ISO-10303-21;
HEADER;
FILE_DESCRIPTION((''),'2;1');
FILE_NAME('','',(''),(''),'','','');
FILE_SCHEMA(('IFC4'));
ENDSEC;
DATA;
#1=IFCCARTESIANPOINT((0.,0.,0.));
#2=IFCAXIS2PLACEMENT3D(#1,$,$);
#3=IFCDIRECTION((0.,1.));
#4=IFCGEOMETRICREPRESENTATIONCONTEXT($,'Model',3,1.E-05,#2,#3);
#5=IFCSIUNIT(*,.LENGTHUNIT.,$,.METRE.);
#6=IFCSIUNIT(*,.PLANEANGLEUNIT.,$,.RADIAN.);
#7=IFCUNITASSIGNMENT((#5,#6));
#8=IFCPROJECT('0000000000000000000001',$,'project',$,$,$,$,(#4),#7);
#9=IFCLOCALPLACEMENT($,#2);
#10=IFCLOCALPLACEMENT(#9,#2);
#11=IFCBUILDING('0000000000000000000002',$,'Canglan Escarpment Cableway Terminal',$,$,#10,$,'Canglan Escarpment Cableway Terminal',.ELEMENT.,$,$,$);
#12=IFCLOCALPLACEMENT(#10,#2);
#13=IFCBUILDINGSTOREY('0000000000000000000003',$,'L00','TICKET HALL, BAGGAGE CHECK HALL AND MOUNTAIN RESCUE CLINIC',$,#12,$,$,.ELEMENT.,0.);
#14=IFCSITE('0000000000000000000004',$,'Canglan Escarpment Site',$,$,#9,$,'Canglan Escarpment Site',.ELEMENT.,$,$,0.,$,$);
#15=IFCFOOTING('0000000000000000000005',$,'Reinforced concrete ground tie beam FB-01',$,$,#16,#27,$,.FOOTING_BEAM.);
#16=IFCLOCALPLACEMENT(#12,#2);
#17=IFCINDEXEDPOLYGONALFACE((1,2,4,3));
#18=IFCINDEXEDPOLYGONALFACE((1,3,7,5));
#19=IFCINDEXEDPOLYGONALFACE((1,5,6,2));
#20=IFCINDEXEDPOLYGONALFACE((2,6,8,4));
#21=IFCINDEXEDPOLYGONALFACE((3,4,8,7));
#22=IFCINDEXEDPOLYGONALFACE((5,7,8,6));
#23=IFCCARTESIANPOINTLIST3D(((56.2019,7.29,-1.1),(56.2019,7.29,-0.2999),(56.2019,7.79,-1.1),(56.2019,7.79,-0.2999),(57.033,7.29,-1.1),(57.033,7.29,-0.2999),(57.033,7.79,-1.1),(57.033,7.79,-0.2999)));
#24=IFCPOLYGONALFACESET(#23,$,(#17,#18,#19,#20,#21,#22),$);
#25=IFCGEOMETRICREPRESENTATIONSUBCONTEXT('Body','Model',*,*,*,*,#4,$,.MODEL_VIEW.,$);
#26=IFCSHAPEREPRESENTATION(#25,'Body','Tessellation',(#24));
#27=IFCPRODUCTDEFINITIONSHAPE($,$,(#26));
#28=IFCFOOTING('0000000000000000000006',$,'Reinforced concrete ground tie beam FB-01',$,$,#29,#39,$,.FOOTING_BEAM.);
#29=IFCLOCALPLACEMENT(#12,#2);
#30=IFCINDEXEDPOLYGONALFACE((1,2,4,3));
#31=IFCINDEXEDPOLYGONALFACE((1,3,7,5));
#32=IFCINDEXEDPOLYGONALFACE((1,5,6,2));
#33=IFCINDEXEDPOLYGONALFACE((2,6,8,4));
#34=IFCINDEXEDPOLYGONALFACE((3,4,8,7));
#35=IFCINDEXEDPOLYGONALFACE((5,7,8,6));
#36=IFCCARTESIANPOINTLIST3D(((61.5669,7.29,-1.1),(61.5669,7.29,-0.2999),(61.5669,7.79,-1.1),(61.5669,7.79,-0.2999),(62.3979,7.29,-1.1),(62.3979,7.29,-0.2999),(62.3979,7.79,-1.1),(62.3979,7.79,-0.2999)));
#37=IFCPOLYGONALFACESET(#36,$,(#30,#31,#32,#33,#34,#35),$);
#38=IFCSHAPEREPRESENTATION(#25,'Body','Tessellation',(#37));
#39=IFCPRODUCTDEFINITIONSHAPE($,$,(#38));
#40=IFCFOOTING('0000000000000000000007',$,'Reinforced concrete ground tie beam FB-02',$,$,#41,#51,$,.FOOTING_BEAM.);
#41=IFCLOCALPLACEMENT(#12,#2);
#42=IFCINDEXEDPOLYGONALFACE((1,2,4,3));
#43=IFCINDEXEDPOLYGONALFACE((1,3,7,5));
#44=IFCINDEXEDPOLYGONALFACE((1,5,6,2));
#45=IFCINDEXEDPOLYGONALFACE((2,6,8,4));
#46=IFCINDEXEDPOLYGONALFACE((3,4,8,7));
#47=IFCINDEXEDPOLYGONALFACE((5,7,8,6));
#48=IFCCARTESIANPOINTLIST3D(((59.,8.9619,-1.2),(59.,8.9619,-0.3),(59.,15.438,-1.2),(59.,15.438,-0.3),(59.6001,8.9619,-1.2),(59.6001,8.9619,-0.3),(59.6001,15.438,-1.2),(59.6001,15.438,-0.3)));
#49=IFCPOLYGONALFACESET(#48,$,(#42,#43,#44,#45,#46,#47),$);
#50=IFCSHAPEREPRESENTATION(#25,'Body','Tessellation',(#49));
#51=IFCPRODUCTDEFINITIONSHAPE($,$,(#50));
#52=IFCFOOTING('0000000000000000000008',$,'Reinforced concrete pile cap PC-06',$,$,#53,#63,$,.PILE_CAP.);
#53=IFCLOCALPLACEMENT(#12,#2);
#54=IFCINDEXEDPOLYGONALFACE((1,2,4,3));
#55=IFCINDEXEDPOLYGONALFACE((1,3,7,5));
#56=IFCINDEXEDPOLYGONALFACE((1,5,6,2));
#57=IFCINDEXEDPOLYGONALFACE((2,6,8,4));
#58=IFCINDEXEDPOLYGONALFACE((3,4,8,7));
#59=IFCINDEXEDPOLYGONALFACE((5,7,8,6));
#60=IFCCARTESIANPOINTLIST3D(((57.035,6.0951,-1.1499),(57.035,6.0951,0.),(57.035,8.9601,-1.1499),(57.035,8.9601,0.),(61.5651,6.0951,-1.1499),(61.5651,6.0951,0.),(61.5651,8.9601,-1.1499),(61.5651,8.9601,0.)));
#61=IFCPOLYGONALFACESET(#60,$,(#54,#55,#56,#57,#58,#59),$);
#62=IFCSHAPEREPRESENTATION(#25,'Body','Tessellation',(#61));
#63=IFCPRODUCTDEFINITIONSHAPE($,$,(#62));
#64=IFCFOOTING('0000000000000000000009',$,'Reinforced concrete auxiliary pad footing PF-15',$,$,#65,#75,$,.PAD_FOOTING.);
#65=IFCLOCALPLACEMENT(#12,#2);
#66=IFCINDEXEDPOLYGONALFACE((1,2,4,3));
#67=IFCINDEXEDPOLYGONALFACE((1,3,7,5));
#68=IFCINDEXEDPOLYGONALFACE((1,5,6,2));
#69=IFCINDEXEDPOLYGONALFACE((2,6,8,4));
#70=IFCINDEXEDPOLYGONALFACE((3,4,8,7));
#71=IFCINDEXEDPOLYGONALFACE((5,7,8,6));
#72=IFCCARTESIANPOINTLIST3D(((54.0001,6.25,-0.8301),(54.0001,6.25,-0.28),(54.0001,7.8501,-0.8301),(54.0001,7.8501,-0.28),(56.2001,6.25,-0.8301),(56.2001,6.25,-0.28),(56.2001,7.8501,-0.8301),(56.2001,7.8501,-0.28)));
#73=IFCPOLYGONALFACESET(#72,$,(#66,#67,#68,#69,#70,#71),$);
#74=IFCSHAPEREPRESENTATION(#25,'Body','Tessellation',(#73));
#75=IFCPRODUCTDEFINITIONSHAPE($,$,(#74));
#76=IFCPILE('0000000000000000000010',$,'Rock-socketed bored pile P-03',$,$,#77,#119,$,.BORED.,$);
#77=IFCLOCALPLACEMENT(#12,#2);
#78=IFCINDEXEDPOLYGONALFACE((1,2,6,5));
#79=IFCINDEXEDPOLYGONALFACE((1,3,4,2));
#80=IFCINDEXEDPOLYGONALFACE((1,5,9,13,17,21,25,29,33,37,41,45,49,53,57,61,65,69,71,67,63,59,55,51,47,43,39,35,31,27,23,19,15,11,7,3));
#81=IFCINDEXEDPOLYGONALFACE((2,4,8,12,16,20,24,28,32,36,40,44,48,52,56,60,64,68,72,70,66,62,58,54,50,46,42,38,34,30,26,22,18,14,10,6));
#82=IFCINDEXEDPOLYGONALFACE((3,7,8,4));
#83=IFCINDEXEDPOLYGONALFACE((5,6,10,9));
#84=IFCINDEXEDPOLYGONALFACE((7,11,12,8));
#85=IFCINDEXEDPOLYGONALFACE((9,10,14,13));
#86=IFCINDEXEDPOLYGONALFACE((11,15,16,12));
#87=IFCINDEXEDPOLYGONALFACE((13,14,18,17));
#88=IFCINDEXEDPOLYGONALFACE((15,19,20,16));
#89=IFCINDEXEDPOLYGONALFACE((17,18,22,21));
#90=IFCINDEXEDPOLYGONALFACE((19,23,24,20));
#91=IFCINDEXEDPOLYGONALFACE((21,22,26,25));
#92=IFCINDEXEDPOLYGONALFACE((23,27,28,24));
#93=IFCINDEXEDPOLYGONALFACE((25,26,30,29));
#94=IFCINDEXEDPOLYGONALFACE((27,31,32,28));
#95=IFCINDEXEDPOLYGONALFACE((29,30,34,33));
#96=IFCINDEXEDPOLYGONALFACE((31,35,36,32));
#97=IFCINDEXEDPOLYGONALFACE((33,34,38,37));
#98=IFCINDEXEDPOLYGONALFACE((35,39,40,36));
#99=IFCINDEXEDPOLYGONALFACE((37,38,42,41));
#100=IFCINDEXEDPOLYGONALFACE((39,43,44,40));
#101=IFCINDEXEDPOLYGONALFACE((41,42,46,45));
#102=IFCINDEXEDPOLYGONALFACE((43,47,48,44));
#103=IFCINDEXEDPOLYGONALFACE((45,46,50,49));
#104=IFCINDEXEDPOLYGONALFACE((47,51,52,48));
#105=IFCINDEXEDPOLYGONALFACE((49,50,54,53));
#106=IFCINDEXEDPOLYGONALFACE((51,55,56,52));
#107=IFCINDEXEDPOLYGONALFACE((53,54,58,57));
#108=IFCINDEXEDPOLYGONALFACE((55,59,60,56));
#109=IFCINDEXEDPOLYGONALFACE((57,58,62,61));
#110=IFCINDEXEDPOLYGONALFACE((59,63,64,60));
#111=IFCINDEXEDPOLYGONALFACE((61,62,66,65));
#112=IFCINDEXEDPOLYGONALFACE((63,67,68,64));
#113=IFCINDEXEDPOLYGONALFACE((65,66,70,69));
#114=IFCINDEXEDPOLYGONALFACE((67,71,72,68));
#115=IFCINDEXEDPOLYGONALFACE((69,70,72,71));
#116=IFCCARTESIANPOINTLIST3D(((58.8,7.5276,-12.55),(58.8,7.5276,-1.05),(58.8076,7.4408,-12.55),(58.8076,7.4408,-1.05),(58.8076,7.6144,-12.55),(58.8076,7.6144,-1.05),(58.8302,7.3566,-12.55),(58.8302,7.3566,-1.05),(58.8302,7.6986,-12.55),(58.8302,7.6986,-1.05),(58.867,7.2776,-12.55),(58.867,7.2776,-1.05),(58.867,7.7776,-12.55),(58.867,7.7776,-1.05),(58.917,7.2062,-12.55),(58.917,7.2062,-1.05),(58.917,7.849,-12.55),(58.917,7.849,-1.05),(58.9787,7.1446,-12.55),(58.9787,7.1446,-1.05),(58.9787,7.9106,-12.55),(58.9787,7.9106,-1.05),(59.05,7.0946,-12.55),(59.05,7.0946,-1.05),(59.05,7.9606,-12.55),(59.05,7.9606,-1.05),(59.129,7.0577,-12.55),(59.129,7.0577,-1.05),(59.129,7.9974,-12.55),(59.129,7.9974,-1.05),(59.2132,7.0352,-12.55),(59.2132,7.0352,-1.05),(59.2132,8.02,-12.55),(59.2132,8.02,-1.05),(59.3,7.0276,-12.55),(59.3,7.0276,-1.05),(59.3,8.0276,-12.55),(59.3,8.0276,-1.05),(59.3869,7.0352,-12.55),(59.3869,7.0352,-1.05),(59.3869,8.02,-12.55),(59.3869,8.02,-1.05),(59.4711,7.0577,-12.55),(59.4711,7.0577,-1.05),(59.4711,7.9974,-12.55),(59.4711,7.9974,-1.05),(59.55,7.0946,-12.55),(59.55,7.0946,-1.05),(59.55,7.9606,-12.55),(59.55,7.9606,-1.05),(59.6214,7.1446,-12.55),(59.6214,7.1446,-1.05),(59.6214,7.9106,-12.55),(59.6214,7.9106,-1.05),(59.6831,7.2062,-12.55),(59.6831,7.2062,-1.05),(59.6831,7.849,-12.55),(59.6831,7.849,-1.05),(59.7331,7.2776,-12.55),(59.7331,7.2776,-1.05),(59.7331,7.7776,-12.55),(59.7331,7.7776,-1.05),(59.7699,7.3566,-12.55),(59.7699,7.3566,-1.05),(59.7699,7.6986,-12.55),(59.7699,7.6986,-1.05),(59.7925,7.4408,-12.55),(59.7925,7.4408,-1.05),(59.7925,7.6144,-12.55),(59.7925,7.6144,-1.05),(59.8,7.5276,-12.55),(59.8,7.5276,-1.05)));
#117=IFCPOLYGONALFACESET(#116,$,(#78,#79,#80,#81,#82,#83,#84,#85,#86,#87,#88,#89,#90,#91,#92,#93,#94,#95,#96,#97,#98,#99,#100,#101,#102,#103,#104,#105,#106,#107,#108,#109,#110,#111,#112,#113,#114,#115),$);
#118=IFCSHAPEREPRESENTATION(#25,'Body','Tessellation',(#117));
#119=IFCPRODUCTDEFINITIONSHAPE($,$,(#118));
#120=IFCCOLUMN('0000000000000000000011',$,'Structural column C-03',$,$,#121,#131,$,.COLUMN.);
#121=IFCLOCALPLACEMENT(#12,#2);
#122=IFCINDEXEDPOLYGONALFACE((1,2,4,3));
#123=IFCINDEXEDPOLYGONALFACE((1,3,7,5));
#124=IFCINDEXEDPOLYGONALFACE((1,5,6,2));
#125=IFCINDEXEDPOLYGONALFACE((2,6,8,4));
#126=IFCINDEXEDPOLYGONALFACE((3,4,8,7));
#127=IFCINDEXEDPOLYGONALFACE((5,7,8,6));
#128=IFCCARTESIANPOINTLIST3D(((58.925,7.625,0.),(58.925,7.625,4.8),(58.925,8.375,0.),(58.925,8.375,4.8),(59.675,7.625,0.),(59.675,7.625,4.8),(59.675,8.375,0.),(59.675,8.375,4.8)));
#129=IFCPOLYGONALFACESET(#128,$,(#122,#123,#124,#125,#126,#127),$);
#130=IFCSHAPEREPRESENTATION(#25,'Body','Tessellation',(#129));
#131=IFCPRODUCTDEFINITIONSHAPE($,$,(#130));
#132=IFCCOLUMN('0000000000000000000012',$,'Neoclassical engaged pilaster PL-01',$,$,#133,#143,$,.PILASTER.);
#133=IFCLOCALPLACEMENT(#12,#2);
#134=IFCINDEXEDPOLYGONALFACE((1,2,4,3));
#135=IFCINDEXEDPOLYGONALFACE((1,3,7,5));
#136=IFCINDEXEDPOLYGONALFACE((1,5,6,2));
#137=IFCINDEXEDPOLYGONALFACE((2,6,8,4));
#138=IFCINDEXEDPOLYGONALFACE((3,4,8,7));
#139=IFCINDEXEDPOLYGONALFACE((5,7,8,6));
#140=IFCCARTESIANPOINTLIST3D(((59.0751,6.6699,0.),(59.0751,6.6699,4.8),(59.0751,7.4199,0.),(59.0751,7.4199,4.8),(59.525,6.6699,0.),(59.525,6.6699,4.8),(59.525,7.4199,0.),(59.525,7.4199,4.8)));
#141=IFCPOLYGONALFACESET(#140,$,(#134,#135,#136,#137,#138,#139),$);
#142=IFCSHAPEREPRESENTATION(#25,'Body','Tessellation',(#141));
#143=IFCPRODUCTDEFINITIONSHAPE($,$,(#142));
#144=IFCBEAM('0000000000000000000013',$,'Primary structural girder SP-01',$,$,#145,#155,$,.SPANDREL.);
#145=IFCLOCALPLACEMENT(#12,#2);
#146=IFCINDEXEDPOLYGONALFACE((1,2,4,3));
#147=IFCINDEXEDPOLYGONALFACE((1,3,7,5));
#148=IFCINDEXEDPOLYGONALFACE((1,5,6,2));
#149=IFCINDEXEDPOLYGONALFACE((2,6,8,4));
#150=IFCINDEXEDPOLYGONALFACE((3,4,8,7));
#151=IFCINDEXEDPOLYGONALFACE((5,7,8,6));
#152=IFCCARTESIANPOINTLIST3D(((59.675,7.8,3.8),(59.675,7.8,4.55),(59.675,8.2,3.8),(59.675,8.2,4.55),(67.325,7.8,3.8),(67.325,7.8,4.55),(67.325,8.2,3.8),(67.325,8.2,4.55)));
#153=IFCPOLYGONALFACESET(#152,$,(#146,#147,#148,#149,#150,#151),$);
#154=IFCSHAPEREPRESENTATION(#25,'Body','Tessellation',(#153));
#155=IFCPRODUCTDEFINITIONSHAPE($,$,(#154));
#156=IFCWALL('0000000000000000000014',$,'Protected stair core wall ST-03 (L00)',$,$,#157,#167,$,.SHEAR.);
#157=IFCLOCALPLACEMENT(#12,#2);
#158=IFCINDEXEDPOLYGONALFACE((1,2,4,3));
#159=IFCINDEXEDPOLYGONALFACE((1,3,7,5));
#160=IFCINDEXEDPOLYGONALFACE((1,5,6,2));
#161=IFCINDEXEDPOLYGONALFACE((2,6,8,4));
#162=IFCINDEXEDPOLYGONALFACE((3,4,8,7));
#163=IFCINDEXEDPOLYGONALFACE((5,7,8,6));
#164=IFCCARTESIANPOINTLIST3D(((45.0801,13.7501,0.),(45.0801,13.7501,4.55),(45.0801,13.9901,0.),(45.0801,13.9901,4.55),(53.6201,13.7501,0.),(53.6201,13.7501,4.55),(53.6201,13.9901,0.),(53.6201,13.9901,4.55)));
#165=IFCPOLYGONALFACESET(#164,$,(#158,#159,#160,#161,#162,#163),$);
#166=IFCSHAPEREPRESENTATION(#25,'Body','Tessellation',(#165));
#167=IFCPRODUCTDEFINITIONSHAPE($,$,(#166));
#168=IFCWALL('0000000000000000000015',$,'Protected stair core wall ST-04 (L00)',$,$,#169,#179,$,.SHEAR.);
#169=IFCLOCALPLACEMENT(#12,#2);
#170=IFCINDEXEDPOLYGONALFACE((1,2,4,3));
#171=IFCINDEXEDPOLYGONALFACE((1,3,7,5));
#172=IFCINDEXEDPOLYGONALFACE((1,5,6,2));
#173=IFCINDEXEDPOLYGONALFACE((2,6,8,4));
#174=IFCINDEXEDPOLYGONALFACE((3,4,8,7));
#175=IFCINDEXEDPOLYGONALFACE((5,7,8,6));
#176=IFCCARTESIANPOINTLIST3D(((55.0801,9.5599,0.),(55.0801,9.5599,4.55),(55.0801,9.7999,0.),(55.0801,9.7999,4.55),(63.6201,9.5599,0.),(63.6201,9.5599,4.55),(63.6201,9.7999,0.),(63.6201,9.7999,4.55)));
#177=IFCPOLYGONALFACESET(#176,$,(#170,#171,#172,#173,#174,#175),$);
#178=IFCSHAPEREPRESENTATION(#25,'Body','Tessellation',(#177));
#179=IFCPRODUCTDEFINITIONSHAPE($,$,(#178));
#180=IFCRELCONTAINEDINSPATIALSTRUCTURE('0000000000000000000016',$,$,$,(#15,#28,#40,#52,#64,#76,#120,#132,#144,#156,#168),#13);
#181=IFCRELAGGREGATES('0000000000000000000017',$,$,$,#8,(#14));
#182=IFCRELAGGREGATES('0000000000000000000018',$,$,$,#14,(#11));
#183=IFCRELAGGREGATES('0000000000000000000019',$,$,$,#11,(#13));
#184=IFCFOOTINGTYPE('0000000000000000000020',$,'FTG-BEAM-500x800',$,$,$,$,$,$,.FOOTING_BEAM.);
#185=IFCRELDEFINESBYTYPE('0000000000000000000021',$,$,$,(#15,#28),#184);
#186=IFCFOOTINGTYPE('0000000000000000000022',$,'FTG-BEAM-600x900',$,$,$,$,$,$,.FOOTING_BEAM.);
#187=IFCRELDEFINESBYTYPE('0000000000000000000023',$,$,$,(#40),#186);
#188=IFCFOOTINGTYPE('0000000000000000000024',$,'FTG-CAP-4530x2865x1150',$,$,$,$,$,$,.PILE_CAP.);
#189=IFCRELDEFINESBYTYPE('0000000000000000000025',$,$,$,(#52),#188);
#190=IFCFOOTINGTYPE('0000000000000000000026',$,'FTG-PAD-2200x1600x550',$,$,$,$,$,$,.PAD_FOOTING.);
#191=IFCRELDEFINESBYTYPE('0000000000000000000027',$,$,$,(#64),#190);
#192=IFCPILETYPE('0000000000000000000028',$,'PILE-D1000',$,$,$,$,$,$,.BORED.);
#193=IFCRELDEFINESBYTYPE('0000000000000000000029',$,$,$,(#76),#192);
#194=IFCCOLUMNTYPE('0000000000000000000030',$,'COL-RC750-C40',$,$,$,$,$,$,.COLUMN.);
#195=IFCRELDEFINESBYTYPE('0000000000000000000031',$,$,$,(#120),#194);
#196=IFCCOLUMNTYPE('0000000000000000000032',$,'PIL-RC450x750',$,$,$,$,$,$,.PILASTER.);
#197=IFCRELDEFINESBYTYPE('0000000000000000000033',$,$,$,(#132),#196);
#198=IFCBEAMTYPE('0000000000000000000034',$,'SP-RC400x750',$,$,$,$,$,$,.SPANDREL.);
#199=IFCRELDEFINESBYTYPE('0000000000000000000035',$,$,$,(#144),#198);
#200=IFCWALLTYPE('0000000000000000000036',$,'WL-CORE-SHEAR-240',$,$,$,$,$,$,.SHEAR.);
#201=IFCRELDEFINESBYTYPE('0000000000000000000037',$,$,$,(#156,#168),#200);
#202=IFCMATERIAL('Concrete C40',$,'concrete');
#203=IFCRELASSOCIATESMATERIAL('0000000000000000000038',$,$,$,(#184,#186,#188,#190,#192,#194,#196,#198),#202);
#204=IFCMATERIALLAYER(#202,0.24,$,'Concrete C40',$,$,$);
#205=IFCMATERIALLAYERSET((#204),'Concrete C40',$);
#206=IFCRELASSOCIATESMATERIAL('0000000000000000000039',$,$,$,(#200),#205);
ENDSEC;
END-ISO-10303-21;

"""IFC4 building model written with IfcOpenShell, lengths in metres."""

from ifc_helpers import new_model, si_unit, direction, frame, frame_2d, origin, origin_2d, place, context, subcontext, project, spatial, rectangle, circle, extrude, material, layer, layer_set, material_profile, profile_set, type_object, element, save


model = new_model("IFC4")

# Units and contexts
model_context = context("Model", 3, precision=1e-05, world=origin(), true_north=direction((0.0, 1.0)))
body_context = subcontext(model_context, "Body", "Model", "MODEL_VIEW")
ifc_project = project(units=[si_unit("LENGTHUNIT", "METRE"), si_unit("PLANEANGLEUNIT", "RADIAN")], contexts=[model_context])

# Site, building, storey
site_placement = place(None, origin())
site = spatial("IfcSite", under=ifc_project, at=site_placement, Name="Canglan Escarpment Site", LongName="Canglan Escarpment Site", CompositionType="ELEMENT", RefElevation=0.0)
building_placement = place(site_placement, origin())
building = spatial("IfcBuilding", under=site, at=building_placement, Name="Canglan Escarpment Cableway Terminal", LongName="Canglan Escarpment Cableway Terminal", CompositionType="ELEMENT")
storey_placement = place(building_placement, origin())
storey = spatial("IfcBuildingStorey", under=building, at=storey_placement, Name="L00", Description="TICKET HALL, BAGGAGE CHECK HALL AND MOUNTAIN RESCUE CLINIC", CompositionType="ELEMENT", Elevation=0.0)

# Footings
ifc_material_1 = material(Name="Concrete C40", Category="concrete")
ifc_material_profile_1 = material_profile(ifc_material_1, rectangle(XDim=0.5, YDim=0.8, at=origin_2d()), Name="FB 500x800")
ifc_profile_set_1 = profile_set([ifc_material_profile_1], Name="Concrete C40")
footing_type_1 = type_object("IfcFootingType", Name="FTG-BEAM-500x800", PredefinedType="FOOTING_BEAM", material=ifc_profile_set_1)
for number, where, z_axis, x_axis, name in (
    (1, (56.2019, 7.54, -0.7), (1.0, 0.0, 0.0), (0.0, 1.0, 0.0), "Reinforced concrete ground tie beam FB-01"),
    (2, (61.5669, 7.54, -0.7), (1.0, 0.0, 0.0), (0.0, 1.0, 0.0), "Reinforced concrete ground tie beam FB-01"),
):
    element("IfcFooting", number, at=place(storey_placement, frame(where, z_axis=z_axis, x_axis=x_axis)), inside=storey, type_object=footing_type_1, Name=name, PredefinedType="FOOTING_BEAM", context=body_context, shape_type="SweptSolid", body=[
        extrude(rectangle(XDim=0.5, YDim=0.8, at=origin_2d()), origin(), (0.0, 0.0, 1.0), 0.8311),
    ])
ifc_material_profile_2 = material_profile(ifc_material_1, rectangle(XDim=0.6001, YDim=0.8999, at=origin_2d()), Name="FB 600x900")
ifc_profile_set_2 = profile_set([ifc_material_profile_2], Name="Concrete C40")
footing_type_2 = type_object("IfcFootingType", Name="FTG-BEAM-600x900", PredefinedType="FOOTING_BEAM", material=ifc_profile_set_2)
footing_1_placement = place(storey_placement, frame((59.3, 8.9619, -0.75), z_axis=(0.0, 1.0, 0.0), x_axis=(-1.0, 0.0, 0.0)))
element("IfcFooting", 3, at=footing_1_placement, inside=storey, type_object=footing_type_2, Name="Reinforced concrete ground tie beam FB-02", PredefinedType="FOOTING_BEAM", context=body_context, shape_type="SweptSolid", body=[
    extrude(rectangle(XDim=0.6001, YDim=0.8999, at=origin_2d()), origin(), (0.0, 0.0, 1.0), 6.4761),
])
footing_type_3 = type_object("IfcFootingType", Name="FTG-CAP-4530x2865x1150", PredefinedType="PILE_CAP", material=ifc_material_1)
footing_2_placement = place(storey_placement, frame((59.3, 7.5276, -1.1499), z_axis=(0.0, 0.0, 1.0), x_axis=(1.0, 0.0, 0.0)))
element("IfcFooting", 4, at=footing_2_placement, inside=storey, type_object=footing_type_3, Name="Reinforced concrete pile cap PC-06", PredefinedType="PILE_CAP", context=body_context, shape_type="SweptSolid", body=[
    extrude(rectangle(XDim=4.53, YDim=2.865, at=origin_2d()), origin(), (0.0, 0.0, 1.0), 1.1499),
])
footing_type_4 = type_object("IfcFootingType", Name="FTG-PAD-2200x1600x550", PredefinedType="PAD_FOOTING", material=ifc_material_1)
footing_3_placement = place(storey_placement, frame((55.1001, 7.05, -0.8301), z_axis=(0.0, 0.0, 1.0), x_axis=(1.0, 0.0, 0.0)))
element("IfcFooting", 5, at=footing_3_placement, inside=storey, type_object=footing_type_4, Name="Reinforced concrete auxiliary pad footing PF-15", PredefinedType="PAD_FOOTING", context=body_context, shape_type="SweptSolid", body=[
    extrude(rectangle(XDim=2.2, YDim=1.6001, at=origin_2d()), origin(), (0.0, 0.0, 1.0), 0.55),
])

# Pile
ifc_material_profile_3 = material_profile(ifc_material_1, circle(Radius=0.5, at=origin_2d()), Name="BORED PILE D1000")
ifc_profile_set_3 = profile_set([ifc_material_profile_3], Name="Concrete C40")
pile_type = type_object("IfcPileType", Name="PILE-D1000", PredefinedType="BORED", material=ifc_profile_set_3)
pile_placement = place(storey_placement, frame((59.3, 7.5276, -1.05), z_axis=(0.0, 0.0, -1.0), x_axis=(1.0, 0.0, 0.0)))
element("IfcPile", 6, at=pile_placement, inside=storey, type_object=pile_type, Name="Rock-socketed bored pile P-03", PredefinedType="BORED", context=body_context, shape_type="SweptSolid", body=[
    extrude(circle(Radius=0.5, at=origin_2d()), origin(), (0.0, 0.0, 1.0), 11.5),
])

# Columns
ifc_material_profile_4 = material_profile(ifc_material_1, rectangle(XDim=0.75, YDim=0.75, at=origin_2d()), Name="RC 750x750")
ifc_profile_set_4 = profile_set([ifc_material_profile_4], Name="Concrete C40")
column_type_1 = type_object("IfcColumnType", Name="COL-RC750-C40", PredefinedType="COLUMN", material=ifc_profile_set_4)
column_1_placement = place(storey_placement, frame((59.3, 8.0, 0.0), z_axis=(0.0, 0.0, 1.0), x_axis=(1.0, 0.0, 0.0)))
element("IfcColumn", 7, at=column_1_placement, inside=storey, type_object=column_type_1, Name="Structural column C-03", PredefinedType="COLUMN", context=body_context, shape_type="SweptSolid", body=[
    extrude(rectangle(XDim=0.75, YDim=0.75, at=origin_2d()), origin(), (0.0, 0.0, 1.0), 4.8),
])
ifc_material_profile_5 = material_profile(ifc_material_1, rectangle(XDim=0.45, YDim=0.75, at=origin_2d()), Name="RC-PIL 450x750")
ifc_profile_set_5 = profile_set([ifc_material_profile_5], Name="Concrete C40")
column_type_2 = type_object("IfcColumnType", Name="PIL-RC450x750", PredefinedType="PILASTER", material=ifc_profile_set_5)
column_2_placement = place(storey_placement, frame((59.3, 7.0449, 0.0), z_axis=(0.0, 0.0, 1.0), x_axis=(1.0, 0.0, 0.0)))
element("IfcColumn", 8, at=column_2_placement, inside=storey, type_object=column_type_2, Name="Neoclassical engaged pilaster PL-01", PredefinedType="PILASTER", context=body_context, shape_type="SweptSolid", body=[
    extrude(rectangle(XDim=0.45, YDim=0.75, at=origin_2d()), origin(), (0.0, 0.0, 1.0), 4.8),
])

# Beam
ifc_material_profile_6 = material_profile(ifc_material_1, rectangle(XDim=0.3999, YDim=0.75, at=origin_2d()), Name="RC 400x750")
ifc_profile_set_6 = profile_set([ifc_material_profile_6], Name="Concrete C40")
beam_type = type_object("IfcBeamType", Name="SP-RC400x750", PredefinedType="SPANDREL", material=ifc_profile_set_6)
beam_placement = place(storey_placement, frame((59.675, 8.0, 4.175), z_axis=(1.0, 0.0, 0.0), x_axis=(0.0, 1.0, 0.0)))
element("IfcBeam", 9, at=beam_placement, inside=storey, type_object=beam_type, Name="Primary structural girder SP-01", PredefinedType="SPANDREL", context=body_context, shape_type="SweptSolid", body=[
    extrude(rectangle(XDim=0.3999, YDim=0.75, at=origin_2d()), origin(), (0.0, 0.0, 1.0), 7.6499),
])

# Walls
ifc_layer_1 = layer(ifc_material_1, 0.24, Name="Concrete C40")
ifc_layer_set_1 = layer_set([ifc_layer_1], Name="Concrete C40")
wall_type_1 = type_object("IfcWallType", Name="WL-CORE-SHEAR-240", PredefinedType="SHEAR", material=ifc_layer_set_1)
for number, where, z_axis, x_axis, name in (
    (10, (53.6201, 13.8701, 0.0), (0.0, 0.0, 1.0), (-1.0, 0.0, 0.0), "Protected stair core wall ST-03 (L00)"),
    (11, (55.0801, 9.6799, 0.0), (0.0, 0.0, 1.0), (1.0, 0.0, 0.0), "Protected stair core wall ST-04 (L00)"),
):
    element("IfcWall", number, at=place(storey_placement, frame(where, z_axis=z_axis, x_axis=x_axis)), inside=storey, type_object=wall_type_1, Name=name, PredefinedType="SHEAR", context=body_context, shape_type="SweptSolid", body=[
        extrude(rectangle(XDim=8.54, YDim=0.24, at=frame_2d((4.27, 0.0))), origin(), (0.0, 0.0, 1.0), 4.55),
    ])

save(model, "model.ifc")
